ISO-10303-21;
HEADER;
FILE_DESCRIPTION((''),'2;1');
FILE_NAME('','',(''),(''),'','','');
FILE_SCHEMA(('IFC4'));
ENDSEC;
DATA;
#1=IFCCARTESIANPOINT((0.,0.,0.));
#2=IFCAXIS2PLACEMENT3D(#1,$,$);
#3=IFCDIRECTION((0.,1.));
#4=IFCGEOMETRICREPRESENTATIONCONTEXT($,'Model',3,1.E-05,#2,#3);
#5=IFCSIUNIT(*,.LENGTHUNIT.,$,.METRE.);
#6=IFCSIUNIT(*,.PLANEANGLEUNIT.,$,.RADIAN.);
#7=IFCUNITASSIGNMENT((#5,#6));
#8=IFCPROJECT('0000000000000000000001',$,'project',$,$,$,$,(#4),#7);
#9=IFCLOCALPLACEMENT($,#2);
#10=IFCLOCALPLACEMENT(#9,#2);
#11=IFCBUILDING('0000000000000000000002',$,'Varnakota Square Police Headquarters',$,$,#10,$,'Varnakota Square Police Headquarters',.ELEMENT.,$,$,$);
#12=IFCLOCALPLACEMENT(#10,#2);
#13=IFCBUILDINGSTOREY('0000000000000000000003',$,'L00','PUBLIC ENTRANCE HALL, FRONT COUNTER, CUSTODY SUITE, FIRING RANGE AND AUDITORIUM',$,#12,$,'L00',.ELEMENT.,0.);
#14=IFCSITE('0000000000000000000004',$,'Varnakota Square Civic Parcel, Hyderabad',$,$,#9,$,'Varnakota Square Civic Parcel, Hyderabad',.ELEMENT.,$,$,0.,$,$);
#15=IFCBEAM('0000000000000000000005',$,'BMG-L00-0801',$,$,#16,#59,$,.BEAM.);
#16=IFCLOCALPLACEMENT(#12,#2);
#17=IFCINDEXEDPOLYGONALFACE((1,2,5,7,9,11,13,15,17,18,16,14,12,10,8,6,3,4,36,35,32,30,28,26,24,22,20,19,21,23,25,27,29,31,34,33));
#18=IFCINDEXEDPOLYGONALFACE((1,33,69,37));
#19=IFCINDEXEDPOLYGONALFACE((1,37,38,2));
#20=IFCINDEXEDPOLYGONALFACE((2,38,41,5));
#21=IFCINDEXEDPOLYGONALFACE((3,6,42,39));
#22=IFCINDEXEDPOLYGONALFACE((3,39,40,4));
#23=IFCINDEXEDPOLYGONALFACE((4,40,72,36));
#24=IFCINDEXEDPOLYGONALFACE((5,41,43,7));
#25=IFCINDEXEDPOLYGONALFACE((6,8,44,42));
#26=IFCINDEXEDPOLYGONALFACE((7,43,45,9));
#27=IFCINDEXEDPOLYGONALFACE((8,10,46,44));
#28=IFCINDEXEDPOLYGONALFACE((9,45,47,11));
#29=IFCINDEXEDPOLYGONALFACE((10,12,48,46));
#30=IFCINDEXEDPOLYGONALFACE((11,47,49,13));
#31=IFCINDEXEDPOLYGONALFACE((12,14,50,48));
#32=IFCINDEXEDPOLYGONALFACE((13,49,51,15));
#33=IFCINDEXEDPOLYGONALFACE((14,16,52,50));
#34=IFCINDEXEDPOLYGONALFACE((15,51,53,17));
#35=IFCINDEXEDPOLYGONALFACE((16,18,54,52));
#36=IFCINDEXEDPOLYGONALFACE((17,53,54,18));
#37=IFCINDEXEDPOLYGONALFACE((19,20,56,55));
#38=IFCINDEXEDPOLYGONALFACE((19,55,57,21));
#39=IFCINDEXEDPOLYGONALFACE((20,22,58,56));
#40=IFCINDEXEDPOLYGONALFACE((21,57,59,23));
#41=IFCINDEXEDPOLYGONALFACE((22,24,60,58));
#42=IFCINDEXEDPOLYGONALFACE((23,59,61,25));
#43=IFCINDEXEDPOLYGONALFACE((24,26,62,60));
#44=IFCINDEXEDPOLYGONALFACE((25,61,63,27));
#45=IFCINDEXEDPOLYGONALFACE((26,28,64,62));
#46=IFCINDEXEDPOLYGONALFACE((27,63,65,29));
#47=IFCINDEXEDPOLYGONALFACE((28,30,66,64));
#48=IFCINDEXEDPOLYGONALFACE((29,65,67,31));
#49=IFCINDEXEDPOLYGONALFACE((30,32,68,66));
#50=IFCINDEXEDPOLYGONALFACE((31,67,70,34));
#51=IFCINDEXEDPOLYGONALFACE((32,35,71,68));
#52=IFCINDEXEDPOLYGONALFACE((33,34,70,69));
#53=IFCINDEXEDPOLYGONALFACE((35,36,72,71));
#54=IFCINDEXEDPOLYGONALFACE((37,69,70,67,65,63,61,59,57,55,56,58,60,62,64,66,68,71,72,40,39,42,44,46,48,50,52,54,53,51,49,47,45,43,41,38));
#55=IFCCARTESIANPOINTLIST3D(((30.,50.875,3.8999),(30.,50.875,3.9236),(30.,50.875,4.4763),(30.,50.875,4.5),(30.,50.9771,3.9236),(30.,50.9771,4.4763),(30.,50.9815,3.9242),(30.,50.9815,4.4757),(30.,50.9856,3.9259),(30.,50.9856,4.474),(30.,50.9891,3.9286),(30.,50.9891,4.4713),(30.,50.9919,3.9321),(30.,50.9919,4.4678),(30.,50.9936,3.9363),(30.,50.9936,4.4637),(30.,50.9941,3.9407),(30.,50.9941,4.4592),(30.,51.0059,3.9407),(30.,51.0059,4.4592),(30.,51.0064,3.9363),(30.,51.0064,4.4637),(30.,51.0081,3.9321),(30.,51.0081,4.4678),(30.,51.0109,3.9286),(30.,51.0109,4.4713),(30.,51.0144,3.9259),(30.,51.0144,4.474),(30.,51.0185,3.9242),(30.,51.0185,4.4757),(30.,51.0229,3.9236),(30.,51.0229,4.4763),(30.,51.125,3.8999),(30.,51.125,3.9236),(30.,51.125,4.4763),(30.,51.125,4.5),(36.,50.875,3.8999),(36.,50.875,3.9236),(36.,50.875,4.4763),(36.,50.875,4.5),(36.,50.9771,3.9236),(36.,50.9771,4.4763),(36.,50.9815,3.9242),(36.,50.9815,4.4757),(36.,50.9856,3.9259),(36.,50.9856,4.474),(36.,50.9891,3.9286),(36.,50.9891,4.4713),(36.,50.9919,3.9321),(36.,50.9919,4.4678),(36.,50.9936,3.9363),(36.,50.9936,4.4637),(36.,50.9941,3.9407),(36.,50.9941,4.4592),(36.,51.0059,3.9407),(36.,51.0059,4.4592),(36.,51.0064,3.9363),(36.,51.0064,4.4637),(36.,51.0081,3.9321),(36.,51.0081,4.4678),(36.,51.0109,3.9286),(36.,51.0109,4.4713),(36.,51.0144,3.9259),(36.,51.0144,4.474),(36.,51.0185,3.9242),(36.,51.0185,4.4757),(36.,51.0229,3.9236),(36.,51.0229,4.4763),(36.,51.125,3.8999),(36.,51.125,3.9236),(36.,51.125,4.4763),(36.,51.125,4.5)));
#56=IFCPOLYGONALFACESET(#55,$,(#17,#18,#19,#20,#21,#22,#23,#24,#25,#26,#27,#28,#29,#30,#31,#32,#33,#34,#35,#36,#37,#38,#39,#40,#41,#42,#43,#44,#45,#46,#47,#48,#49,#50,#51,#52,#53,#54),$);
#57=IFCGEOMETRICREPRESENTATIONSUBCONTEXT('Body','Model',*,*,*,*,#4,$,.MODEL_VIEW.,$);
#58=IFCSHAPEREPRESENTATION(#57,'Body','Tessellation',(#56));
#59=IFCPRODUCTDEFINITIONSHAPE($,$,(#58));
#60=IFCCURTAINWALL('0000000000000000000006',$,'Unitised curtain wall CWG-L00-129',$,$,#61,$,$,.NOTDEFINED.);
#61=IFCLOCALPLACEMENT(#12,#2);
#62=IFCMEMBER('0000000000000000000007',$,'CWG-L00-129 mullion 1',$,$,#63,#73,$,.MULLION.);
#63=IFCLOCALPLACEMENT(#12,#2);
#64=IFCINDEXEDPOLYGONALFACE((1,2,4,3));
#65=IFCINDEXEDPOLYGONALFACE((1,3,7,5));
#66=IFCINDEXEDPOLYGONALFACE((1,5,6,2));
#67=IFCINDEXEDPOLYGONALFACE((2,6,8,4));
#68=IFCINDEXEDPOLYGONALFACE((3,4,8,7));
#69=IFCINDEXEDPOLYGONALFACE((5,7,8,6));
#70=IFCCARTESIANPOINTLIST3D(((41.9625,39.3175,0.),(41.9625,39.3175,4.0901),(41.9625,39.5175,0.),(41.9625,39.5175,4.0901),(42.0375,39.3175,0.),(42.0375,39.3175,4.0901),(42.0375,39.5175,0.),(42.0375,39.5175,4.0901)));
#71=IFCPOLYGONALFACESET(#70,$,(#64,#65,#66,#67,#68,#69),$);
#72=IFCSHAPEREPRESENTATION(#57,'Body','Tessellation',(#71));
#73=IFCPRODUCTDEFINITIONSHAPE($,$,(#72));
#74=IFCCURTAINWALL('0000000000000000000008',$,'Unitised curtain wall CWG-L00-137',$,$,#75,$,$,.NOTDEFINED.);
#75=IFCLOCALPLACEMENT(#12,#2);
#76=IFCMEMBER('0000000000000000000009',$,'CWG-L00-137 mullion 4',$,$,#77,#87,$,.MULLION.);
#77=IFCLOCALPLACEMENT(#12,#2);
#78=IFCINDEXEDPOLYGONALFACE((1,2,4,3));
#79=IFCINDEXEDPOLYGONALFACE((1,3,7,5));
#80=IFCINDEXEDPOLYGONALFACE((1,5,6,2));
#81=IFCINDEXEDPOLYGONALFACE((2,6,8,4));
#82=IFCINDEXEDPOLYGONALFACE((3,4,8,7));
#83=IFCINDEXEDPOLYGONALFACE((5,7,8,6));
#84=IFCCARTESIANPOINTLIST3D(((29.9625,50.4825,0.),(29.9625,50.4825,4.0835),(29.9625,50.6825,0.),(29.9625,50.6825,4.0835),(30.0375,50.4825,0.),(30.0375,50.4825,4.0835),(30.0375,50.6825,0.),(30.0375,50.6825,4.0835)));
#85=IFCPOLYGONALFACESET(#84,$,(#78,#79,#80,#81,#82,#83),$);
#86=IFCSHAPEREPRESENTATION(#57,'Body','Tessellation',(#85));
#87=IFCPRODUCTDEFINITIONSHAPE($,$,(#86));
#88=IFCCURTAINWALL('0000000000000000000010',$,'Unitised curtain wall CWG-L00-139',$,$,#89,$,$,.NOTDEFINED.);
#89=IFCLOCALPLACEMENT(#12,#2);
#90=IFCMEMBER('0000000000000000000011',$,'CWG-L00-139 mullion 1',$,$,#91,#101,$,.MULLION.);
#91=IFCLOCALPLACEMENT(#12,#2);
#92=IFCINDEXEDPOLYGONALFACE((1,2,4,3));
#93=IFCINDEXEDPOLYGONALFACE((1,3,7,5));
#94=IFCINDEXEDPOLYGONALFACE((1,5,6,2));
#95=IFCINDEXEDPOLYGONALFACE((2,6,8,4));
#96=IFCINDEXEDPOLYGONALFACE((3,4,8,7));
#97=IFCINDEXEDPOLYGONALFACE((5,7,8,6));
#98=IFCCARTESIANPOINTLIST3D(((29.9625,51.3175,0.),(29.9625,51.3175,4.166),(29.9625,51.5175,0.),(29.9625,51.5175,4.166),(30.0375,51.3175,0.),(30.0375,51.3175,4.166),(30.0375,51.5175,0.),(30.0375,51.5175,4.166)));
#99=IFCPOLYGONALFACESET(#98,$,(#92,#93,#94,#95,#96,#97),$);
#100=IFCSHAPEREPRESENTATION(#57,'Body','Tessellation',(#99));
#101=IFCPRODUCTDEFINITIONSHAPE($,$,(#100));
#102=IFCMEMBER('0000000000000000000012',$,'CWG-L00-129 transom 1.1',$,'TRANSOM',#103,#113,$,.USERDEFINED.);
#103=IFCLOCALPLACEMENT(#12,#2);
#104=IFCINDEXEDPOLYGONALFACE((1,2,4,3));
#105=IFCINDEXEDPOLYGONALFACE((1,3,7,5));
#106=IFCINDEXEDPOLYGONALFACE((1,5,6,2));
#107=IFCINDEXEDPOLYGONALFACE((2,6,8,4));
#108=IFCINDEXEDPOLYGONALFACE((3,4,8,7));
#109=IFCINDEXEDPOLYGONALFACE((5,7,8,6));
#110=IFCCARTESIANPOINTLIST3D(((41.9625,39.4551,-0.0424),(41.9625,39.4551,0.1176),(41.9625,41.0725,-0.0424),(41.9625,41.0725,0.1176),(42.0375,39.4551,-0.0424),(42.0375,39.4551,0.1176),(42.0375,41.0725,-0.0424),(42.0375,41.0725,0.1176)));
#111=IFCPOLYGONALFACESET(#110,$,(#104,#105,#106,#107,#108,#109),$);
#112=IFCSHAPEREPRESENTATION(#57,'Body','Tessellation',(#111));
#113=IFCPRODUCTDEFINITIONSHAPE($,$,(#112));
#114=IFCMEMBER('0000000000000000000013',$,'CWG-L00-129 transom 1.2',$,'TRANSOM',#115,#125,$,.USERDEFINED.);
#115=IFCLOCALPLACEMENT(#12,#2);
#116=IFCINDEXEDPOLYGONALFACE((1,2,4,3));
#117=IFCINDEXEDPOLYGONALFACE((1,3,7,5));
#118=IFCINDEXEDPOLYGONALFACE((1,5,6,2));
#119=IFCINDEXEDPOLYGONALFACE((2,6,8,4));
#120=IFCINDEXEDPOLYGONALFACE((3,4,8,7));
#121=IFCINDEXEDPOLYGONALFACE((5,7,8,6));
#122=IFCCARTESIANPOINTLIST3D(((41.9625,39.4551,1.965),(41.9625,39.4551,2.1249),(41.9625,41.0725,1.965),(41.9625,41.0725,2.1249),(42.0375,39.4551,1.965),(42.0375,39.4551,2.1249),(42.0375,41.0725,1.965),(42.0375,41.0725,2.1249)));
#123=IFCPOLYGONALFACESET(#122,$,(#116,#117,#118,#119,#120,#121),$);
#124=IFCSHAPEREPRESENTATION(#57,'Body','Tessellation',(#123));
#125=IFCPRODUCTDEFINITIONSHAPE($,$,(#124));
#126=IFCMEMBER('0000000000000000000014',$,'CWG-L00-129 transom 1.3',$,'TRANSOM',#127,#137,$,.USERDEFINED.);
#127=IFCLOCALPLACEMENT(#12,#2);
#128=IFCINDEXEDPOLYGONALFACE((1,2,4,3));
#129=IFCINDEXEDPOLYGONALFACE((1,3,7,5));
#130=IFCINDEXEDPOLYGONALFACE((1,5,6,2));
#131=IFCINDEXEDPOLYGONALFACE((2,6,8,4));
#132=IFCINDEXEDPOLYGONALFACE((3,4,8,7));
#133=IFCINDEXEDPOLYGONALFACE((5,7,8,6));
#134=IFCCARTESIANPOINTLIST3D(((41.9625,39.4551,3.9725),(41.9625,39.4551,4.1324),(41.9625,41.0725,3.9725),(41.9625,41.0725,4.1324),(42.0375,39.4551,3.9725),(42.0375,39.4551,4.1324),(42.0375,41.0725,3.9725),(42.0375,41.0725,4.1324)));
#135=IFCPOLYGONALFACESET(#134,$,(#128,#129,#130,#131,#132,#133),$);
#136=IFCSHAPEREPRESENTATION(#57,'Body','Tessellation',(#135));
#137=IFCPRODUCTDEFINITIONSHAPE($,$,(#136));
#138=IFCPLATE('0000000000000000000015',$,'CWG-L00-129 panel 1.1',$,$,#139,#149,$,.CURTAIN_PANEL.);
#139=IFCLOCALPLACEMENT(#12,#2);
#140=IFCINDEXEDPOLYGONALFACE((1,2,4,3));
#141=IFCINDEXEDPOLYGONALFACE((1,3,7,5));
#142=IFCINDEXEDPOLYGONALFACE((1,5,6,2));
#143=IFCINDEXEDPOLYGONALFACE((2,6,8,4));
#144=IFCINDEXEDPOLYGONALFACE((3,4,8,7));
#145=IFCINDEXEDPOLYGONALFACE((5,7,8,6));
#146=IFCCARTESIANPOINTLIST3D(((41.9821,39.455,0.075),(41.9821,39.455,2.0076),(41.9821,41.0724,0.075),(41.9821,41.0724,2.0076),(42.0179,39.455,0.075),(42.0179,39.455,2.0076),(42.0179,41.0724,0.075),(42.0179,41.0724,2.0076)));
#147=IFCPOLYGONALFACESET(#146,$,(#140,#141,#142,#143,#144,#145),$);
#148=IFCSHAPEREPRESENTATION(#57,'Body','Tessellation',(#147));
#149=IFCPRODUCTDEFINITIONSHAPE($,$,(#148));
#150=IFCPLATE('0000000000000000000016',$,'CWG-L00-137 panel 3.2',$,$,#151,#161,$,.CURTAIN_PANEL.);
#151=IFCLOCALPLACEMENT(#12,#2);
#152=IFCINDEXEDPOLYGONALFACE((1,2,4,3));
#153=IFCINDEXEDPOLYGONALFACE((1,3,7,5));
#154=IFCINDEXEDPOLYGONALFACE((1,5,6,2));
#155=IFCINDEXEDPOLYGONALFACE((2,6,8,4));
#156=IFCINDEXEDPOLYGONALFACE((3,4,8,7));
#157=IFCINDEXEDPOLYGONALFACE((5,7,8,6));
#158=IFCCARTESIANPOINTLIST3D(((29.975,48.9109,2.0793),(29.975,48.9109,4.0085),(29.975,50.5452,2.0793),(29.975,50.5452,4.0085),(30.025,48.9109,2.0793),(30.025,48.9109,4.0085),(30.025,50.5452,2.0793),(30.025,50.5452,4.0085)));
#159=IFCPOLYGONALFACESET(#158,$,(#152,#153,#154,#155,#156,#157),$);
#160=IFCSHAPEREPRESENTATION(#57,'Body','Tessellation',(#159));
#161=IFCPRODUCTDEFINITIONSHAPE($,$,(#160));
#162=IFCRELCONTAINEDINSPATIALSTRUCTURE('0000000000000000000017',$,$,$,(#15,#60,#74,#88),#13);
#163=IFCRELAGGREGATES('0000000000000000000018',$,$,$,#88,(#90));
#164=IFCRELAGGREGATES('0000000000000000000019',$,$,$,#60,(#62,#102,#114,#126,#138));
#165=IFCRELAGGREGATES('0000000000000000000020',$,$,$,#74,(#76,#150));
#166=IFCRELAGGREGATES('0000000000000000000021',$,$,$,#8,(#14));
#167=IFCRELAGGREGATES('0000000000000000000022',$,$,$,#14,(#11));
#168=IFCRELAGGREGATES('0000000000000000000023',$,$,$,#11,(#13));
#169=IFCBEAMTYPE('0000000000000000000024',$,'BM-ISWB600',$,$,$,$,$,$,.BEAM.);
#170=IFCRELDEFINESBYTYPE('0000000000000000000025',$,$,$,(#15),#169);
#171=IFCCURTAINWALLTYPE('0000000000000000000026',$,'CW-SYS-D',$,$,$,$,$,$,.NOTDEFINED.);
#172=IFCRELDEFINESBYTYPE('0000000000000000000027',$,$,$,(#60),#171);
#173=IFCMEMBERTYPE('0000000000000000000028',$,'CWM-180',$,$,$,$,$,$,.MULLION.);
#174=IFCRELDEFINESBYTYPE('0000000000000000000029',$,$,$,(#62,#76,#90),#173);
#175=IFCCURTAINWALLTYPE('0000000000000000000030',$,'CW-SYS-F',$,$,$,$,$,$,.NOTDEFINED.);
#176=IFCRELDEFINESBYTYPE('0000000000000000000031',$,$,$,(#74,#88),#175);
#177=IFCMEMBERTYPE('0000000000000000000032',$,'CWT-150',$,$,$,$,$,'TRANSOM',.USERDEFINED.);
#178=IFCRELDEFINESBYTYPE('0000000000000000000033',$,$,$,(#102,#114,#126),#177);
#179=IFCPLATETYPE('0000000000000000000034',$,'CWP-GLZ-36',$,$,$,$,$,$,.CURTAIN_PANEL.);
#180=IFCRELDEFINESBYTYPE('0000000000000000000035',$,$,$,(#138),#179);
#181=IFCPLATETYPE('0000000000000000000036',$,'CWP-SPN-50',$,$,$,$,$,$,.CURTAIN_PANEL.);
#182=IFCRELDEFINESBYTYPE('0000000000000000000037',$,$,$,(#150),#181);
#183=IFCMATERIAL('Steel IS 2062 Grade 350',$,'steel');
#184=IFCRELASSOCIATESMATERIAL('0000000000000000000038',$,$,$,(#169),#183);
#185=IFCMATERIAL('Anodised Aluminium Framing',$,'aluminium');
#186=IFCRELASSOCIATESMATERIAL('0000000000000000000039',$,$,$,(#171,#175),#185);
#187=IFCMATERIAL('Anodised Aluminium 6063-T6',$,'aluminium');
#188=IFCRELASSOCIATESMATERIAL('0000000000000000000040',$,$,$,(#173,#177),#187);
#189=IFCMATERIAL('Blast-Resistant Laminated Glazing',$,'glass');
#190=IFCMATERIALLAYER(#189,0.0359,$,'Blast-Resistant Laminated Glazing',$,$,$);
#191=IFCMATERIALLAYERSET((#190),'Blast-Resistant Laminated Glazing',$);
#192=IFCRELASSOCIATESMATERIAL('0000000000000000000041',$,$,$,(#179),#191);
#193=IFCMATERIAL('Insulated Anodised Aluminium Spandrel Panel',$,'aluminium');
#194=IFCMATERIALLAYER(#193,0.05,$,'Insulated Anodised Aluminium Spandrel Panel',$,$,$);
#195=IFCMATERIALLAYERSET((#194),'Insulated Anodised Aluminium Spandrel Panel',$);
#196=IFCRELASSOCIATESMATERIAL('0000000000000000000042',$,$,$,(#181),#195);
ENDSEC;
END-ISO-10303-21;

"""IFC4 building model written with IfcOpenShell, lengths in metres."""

from ifc_helpers import new_model, si_unit, direction, frame, origin, origin_2d, place, context, subcontext, project, spatial, rectangle, i_section, extrude, material, layer, layer_set, material_profile, profile_set, type_object, element, aggregate, save


model = new_model("IFC4")

# Units and contexts
model_context = context("Model", 3, precision=1e-05, world=origin(), true_north=direction((0.0, 1.0)))
body_context = subcontext(model_context, "Body", "Model", "MODEL_VIEW")
ifc_project = project(units=[si_unit("LENGTHUNIT", "METRE"), si_unit("PLANEANGLEUNIT", "RADIAN")], contexts=[model_context])

# Site, building, storey
site_placement = place(None, origin())
site = spatial("IfcSite", under=ifc_project, at=site_placement, Name="Varnakota Square Civic Parcel, Hyderabad", LongName="Varnakota Square Civic Parcel, Hyderabad", CompositionType="ELEMENT", RefElevation=0.0)
building_placement = place(site_placement, origin())
building = spatial("IfcBuilding", under=site, at=building_placement, Name="Varnakota Square Police Headquarters", LongName="Varnakota Square Police Headquarters", CompositionType="ELEMENT")
storey_placement = place(building_placement, origin())
storey = spatial("IfcBuildingStorey", under=building, at=storey_placement, Name="L00", Description="PUBLIC ENTRANCE HALL, FRONT COUNTER, CUSTODY SUITE, FIRING RANGE AND AUDITORIUM", LongName="L00", CompositionType="ELEMENT", Elevation=0.0)

# Beam
ifc_material_1 = material(Name="Steel IS 2062 Grade 350", Category="steel")
ifc_material_profile_1 = material_profile(ifc_material_1, i_section(OverallWidth=0.25, OverallDepth=0.6001, WebThickness=0.0117, FlangeThickness=0.0237, FilletRadius=0.0171, at=origin_2d()), Name="ISWB 600")
ifc_profile_set_1 = profile_set([ifc_material_profile_1], Name="Steel IS 2062 Grade 350")
beam_type_1 = type_object("IfcBeamType", Name="BM-ISWB600", PredefinedType="BEAM", material=ifc_profile_set_1)
beam_1_placement = place(storey_placement, frame((30.0, 51.0, 4.2), z_axis=(1.0, 0.0, 0.0), x_axis=(0.0, 1.0, 0.0)))
element("IfcBeam", 1, at=beam_1_placement, inside=storey, type_object=beam_type_1, Name="BMG-L00-0801", PredefinedType="BEAM", context=body_context, shape_type="SweptSolid", body=[
    extrude(i_section(OverallWidth=0.25, OverallDepth=0.6001, WebThickness=0.0117, FlangeThickness=0.0237, FilletRadius=0.0171, at=origin_2d()), origin(), (0.0, 0.0, 1.0), 6.0),
])

# Curtain walls, members
ifc_material_2 = material(Name="Anodised Aluminium Framing", Category="aluminium")
curtain_wall_type_1 = type_object("IfcCurtainWallType", Name="CW-SYS-D", PredefinedType="NOTDEFINED", material=ifc_material_2)
curtain_wall_1_placement = place(storey_placement, origin())
curtain_wall_1 = element("IfcCurtainWall", 2, at=curtain_wall_1_placement, inside=storey, type_object=curtain_wall_type_1, Name="Unitised curtain wall CWG-L00-129", PredefinedType="NOTDEFINED")
ifc_material_3 = material(Name="Anodised Aluminium 6063-T6", Category="aluminium")
ifc_material_profile_2 = material_profile(ifc_material_3, rectangle(XDim=0.075, YDim=0.2, at=origin_2d()), Name="ALU MULLION 75x200")
ifc_profile_set_2 = profile_set([ifc_material_profile_2], Name="Anodised Aluminium 6063-T6")
member_type_1 = type_object("IfcMemberType", Name="CWM-180", PredefinedType="MULLION", material=ifc_profile_set_2)
member_1_placement = place(storey_placement, frame((42.0, 39.4175, 0.0), z_axis=(0.0, 0.0, 1.0), x_axis=(-1.0, 0.0, 0.0)))
member_1 = element("IfcMember", 3, at=member_1_placement, type_object=member_type_1, Name="CWG-L00-129 mullion 1", PredefinedType="MULLION", context=body_context, shape_type="SweptSolid", body=[
    extrude(rectangle(XDim=0.075, YDim=0.2, at=origin_2d()), origin(), (0.0, 0.0, 1.0), 4.0901),
])
curtain_wall_type_2 = type_object("IfcCurtainWallType", Name="CW-SYS-F", PredefinedType="NOTDEFINED", material=ifc_material_2)
curtain_wall_2_placement = place(storey_placement, origin())
curtain_wall_2 = element("IfcCurtainWall", 4, at=curtain_wall_2_placement, inside=storey, type_object=curtain_wall_type_2, Name="Unitised curtain wall CWG-L00-137", PredefinedType="NOTDEFINED")
member_2_placement = place(storey_placement, frame((30.0, 50.5825, 0.0), z_axis=(0.0, 0.0, 1.0), x_axis=(-1.0, 0.0, 0.0)))
member_2 = element("IfcMember", 5, at=member_2_placement, type_object=member_type_1, Name="CWG-L00-137 mullion 4", PredefinedType="MULLION", context=body_context, shape_type="SweptSolid", body=[
    extrude(rectangle(XDim=0.075, YDim=0.2, at=origin_2d()), origin(), (0.0, 0.0, 1.0), 4.0835),
])
curtain_wall_3_placement = place(storey_placement, origin())
curtain_wall_3 = element("IfcCurtainWall", 6, at=curtain_wall_3_placement, inside=storey, type_object=curtain_wall_type_2, Name="Unitised curtain wall CWG-L00-139", PredefinedType="NOTDEFINED")
member_3_placement = place(storey_placement, frame((30.0, 51.4175, 0.0), z_axis=(0.0, 0.0, 1.0), x_axis=(-1.0, 0.0, 0.0)))
member_3 = element("IfcMember", 7, at=member_3_placement, type_object=member_type_1, Name="CWG-L00-139 mullion 1", PredefinedType="MULLION", context=body_context, shape_type="SweptSolid", body=[
    extrude(rectangle(XDim=0.075, YDim=0.2, at=origin_2d()), origin(), (0.0, 0.0, 1.0), 4.166),
])
aggregate(curtain_wall_3, [member_3])

# Members
ifc_material_profile_3 = material_profile(ifc_material_3, rectangle(XDim=0.075, YDim=0.1599, at=origin_2d()), Name="ALU TRANSOM 75x160")
ifc_profile_set_3 = profile_set([ifc_material_profile_3], Name="Anodised Aluminium 6063-T6")
member_type_2 = type_object("IfcMemberType", Name="CWT-150", ElementType="TRANSOM", PredefinedType="USERDEFINED", material=ifc_profile_set_3)
member_4_placement = place(storey_placement, frame((42.0, 39.4551, 0.0376), z_axis=(0.0, 1.0, 0.0), x_axis=(-1.0, 0.0, 0.0)))
member_4 = element("IfcMember", 8, at=member_4_placement, type_object=member_type_2, Name="CWG-L00-129 transom 1.1", ObjectType="TRANSOM", PredefinedType="USERDEFINED", context=body_context, shape_type="SweptSolid", body=[
    extrude(rectangle(XDim=0.075, YDim=0.1599, at=origin_2d()), origin(), (0.0, 0.0, 1.0), 1.6174),
])
member_5_placement = place(storey_placement, frame((42.0, 39.4551, 2.0449), z_axis=(0.0, 1.0, 0.0), x_axis=(-1.0, 0.0, 0.0)))
member_5 = element("IfcMember", 9, at=member_5_placement, type_object=member_type_2, Name="CWG-L00-129 transom 1.2", ObjectType="TRANSOM", PredefinedType="USERDEFINED", context=body_context, shape_type="SweptSolid", body=[
    extrude(rectangle(XDim=0.075, YDim=0.1599, at=origin_2d()), origin(), (0.0, 0.0, 1.0), 1.6174),
])
member_6_placement = place(storey_placement, frame((42.0, 39.4551, 4.0525), z_axis=(0.0, 1.0, 0.0), x_axis=(-1.0, 0.0, 0.0)))
member_6 = element("IfcMember", 10, at=member_6_placement, type_object=member_type_2, Name="CWG-L00-129 transom 1.3", ObjectType="TRANSOM", PredefinedType="USERDEFINED", context=body_context, shape_type="SweptSolid", body=[
    extrude(rectangle(XDim=0.075, YDim=0.1599, at=origin_2d()), origin(), (0.0, 0.0, 1.0), 1.6174),
])

# Plates
ifc_material_4 = material(Name="Blast-Resistant Laminated Glazing", Category="glass")
ifc_layer_1 = layer(ifc_material_4, 0.0359, Name="Blast-Resistant Laminated Glazing")
ifc_layer_set_1 = layer_set([ifc_layer_1], Name="Blast-Resistant Laminated Glazing")
plate_type_1 = type_object("IfcPlateType", Name="CWP-GLZ-36", PredefinedType="CURTAIN_PANEL", material=ifc_layer_set_1)
plate_1_placement = place(storey_placement, frame((42.0, 40.2637, 0.075), z_axis=(0.0, 0.0, 1.0), x_axis=(0.0, 1.0, 0.0)))
plate_1 = element("IfcPlate", 11, at=plate_1_placement, type_object=plate_type_1, Name="CWG-L00-129 panel 1.1", PredefinedType="CURTAIN_PANEL", context=body_context, shape_type="SweptSolid", body=[
    extrude(rectangle(XDim=1.6174, YDim=0.0359, at=origin_2d()), origin(), (0.0, 0.0, 1.0), 1.9326),
])
aggregate(curtain_wall_1, [member_1, member_4, member_5, member_6, plate_1])
ifc_material_5 = material(Name="Insulated Anodised Aluminium Spandrel Panel", Category="aluminium")
ifc_layer_2 = layer(ifc_material_5, 0.05, Name="Insulated Anodised Aluminium Spandrel Panel")
ifc_layer_set_2 = layer_set([ifc_layer_2], Name="Insulated Anodised Aluminium Spandrel Panel")
plate_type_2 = type_object("IfcPlateType", Name="CWP-SPN-50", PredefinedType="CURTAIN_PANEL", material=ifc_layer_set_2)
plate_2_placement = place(storey_placement, frame((30.0, 49.728, 2.0793), z_axis=(0.0, 0.0, 1.0), x_axis=(0.0, 1.0, 0.0)))
plate_2 = element("IfcPlate", 12, at=plate_2_placement, type_object=plate_type_2, Name="CWG-L00-137 panel 3.2", PredefinedType="CURTAIN_PANEL", context=body_context, shape_type="SweptSolid", body=[
    extrude(rectangle(XDim=1.6343, YDim=0.05, at=origin_2d()), origin(), (0.0, 0.0, 1.0), 1.9292),
])
aggregate(curtain_wall_2, [member_2, plate_2])

save(model, "model.ifc")
